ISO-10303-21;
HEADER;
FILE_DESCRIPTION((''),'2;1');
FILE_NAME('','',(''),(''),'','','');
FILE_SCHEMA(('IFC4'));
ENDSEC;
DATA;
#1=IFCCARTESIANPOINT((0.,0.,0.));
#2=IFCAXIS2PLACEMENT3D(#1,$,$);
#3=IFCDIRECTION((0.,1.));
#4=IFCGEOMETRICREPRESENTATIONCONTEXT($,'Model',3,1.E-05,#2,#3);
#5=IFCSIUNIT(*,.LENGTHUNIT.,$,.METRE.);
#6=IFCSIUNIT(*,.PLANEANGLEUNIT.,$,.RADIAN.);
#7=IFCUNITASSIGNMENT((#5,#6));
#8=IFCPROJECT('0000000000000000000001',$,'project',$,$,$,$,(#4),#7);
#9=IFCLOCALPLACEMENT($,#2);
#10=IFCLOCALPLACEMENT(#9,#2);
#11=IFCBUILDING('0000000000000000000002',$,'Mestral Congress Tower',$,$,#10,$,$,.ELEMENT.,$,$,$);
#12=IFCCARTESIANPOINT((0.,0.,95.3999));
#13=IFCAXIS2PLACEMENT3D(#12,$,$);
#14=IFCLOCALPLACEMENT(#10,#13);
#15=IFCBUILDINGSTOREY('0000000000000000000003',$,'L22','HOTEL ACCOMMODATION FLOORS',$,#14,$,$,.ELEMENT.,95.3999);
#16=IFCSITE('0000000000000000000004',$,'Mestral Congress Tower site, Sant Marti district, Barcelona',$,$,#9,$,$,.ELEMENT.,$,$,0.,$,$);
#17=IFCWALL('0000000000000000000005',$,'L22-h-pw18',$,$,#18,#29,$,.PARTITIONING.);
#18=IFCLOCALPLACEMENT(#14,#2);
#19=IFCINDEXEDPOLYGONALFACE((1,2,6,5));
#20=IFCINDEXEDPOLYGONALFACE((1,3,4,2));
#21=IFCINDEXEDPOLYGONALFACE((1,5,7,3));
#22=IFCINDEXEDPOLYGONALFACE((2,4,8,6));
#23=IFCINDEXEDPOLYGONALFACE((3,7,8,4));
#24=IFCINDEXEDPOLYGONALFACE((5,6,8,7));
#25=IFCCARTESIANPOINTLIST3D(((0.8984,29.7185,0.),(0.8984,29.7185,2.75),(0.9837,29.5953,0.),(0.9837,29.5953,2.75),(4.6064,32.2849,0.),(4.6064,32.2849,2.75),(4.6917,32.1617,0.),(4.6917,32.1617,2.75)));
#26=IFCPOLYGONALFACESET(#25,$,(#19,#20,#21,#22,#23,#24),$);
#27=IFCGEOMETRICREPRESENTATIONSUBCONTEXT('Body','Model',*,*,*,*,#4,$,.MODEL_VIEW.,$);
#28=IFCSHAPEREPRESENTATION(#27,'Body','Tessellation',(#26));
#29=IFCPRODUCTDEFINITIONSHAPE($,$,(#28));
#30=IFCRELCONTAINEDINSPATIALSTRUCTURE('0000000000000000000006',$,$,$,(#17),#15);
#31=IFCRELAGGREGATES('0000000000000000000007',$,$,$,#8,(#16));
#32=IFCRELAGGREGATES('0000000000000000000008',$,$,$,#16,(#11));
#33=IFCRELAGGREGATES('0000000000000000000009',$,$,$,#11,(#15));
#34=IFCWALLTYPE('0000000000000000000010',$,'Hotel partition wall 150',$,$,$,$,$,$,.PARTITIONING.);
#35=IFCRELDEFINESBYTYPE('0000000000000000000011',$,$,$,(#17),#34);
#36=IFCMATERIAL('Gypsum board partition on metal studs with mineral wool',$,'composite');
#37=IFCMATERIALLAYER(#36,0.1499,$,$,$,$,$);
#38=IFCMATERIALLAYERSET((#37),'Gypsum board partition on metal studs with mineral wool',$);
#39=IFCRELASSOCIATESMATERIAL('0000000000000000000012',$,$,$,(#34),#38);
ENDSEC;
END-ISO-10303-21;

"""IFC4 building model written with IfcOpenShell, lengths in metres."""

from ifc_helpers import new_model, si_unit, direction, frame, frame_2d, origin, place, context, subcontext, project, spatial, rectangle, extrude, material, layer, layer_set, type_object, element, save


model = new_model("IFC4")

# Units and contexts
model_context = context("Model", 3, precision=1e-05, world=origin(), true_north=direction((0.0, 1.0)))
body_context = subcontext(model_context, "Body", "Model", "MODEL_VIEW")
ifc_project = project(units=[si_unit("LENGTHUNIT", "METRE"), si_unit("PLANEANGLEUNIT", "RADIAN")], contexts=[model_context])

# Site, building, storey
site_placement = place(None, origin())
site = spatial("IfcSite", under=ifc_project, at=site_placement, Name="Mestral Congress Tower site, Sant Marti district, Barcelona", CompositionType="ELEMENT", RefElevation=0.0)
building_placement = place(site_placement, origin())
building = spatial("IfcBuilding", under=site, at=building_placement, Name="Mestral Congress Tower", CompositionType="ELEMENT")
storey_placement = place(building_placement, frame((0.0, 0.0, 95.3999)))
storey = spatial("IfcBuildingStorey", under=building, at=storey_placement, Name="L22", Description="HOTEL ACCOMMODATION FLOORS", CompositionType="ELEMENT", Elevation=95.3999)

# Shared definitions
ifc_material_1 = material(Name="Gypsum board partition on metal studs with mineral wool", Category="composite")

# Shared definitions
ifc_layer_1 = layer(ifc_material_1, 0.1499)
ifc_layer_set_1 = layer_set([ifc_layer_1], Name="Gypsum board partition on metal studs with mineral wool")
wall_type_1 = type_object("IfcWallType", Name="Hotel partition wall 150", PredefinedType="PARTITIONING", material=ifc_layer_set_1)

# Wall
wall_1_placement = place(storey_placement, frame((4.6492, 32.2234, 0.0), z_axis=(0.0, 0.0, 1.0), x_axis=(-0.822262, -0.569109, 0.0)))
element("IfcWall", 1, at=wall_1_placement, inside=storey, type_object=wall_type_1, Name="L22-h-pw18", PredefinedType="PARTITIONING", context=body_context, shape_type="SweptSolid", body=[
    extrude(rectangle(XDim=4.5095, YDim=0.1499, at=frame_2d((2.2549, 0.0))), origin(), (0.0, 0.0, 1.0), 2.75),
])

save(model, "model.ifc")
